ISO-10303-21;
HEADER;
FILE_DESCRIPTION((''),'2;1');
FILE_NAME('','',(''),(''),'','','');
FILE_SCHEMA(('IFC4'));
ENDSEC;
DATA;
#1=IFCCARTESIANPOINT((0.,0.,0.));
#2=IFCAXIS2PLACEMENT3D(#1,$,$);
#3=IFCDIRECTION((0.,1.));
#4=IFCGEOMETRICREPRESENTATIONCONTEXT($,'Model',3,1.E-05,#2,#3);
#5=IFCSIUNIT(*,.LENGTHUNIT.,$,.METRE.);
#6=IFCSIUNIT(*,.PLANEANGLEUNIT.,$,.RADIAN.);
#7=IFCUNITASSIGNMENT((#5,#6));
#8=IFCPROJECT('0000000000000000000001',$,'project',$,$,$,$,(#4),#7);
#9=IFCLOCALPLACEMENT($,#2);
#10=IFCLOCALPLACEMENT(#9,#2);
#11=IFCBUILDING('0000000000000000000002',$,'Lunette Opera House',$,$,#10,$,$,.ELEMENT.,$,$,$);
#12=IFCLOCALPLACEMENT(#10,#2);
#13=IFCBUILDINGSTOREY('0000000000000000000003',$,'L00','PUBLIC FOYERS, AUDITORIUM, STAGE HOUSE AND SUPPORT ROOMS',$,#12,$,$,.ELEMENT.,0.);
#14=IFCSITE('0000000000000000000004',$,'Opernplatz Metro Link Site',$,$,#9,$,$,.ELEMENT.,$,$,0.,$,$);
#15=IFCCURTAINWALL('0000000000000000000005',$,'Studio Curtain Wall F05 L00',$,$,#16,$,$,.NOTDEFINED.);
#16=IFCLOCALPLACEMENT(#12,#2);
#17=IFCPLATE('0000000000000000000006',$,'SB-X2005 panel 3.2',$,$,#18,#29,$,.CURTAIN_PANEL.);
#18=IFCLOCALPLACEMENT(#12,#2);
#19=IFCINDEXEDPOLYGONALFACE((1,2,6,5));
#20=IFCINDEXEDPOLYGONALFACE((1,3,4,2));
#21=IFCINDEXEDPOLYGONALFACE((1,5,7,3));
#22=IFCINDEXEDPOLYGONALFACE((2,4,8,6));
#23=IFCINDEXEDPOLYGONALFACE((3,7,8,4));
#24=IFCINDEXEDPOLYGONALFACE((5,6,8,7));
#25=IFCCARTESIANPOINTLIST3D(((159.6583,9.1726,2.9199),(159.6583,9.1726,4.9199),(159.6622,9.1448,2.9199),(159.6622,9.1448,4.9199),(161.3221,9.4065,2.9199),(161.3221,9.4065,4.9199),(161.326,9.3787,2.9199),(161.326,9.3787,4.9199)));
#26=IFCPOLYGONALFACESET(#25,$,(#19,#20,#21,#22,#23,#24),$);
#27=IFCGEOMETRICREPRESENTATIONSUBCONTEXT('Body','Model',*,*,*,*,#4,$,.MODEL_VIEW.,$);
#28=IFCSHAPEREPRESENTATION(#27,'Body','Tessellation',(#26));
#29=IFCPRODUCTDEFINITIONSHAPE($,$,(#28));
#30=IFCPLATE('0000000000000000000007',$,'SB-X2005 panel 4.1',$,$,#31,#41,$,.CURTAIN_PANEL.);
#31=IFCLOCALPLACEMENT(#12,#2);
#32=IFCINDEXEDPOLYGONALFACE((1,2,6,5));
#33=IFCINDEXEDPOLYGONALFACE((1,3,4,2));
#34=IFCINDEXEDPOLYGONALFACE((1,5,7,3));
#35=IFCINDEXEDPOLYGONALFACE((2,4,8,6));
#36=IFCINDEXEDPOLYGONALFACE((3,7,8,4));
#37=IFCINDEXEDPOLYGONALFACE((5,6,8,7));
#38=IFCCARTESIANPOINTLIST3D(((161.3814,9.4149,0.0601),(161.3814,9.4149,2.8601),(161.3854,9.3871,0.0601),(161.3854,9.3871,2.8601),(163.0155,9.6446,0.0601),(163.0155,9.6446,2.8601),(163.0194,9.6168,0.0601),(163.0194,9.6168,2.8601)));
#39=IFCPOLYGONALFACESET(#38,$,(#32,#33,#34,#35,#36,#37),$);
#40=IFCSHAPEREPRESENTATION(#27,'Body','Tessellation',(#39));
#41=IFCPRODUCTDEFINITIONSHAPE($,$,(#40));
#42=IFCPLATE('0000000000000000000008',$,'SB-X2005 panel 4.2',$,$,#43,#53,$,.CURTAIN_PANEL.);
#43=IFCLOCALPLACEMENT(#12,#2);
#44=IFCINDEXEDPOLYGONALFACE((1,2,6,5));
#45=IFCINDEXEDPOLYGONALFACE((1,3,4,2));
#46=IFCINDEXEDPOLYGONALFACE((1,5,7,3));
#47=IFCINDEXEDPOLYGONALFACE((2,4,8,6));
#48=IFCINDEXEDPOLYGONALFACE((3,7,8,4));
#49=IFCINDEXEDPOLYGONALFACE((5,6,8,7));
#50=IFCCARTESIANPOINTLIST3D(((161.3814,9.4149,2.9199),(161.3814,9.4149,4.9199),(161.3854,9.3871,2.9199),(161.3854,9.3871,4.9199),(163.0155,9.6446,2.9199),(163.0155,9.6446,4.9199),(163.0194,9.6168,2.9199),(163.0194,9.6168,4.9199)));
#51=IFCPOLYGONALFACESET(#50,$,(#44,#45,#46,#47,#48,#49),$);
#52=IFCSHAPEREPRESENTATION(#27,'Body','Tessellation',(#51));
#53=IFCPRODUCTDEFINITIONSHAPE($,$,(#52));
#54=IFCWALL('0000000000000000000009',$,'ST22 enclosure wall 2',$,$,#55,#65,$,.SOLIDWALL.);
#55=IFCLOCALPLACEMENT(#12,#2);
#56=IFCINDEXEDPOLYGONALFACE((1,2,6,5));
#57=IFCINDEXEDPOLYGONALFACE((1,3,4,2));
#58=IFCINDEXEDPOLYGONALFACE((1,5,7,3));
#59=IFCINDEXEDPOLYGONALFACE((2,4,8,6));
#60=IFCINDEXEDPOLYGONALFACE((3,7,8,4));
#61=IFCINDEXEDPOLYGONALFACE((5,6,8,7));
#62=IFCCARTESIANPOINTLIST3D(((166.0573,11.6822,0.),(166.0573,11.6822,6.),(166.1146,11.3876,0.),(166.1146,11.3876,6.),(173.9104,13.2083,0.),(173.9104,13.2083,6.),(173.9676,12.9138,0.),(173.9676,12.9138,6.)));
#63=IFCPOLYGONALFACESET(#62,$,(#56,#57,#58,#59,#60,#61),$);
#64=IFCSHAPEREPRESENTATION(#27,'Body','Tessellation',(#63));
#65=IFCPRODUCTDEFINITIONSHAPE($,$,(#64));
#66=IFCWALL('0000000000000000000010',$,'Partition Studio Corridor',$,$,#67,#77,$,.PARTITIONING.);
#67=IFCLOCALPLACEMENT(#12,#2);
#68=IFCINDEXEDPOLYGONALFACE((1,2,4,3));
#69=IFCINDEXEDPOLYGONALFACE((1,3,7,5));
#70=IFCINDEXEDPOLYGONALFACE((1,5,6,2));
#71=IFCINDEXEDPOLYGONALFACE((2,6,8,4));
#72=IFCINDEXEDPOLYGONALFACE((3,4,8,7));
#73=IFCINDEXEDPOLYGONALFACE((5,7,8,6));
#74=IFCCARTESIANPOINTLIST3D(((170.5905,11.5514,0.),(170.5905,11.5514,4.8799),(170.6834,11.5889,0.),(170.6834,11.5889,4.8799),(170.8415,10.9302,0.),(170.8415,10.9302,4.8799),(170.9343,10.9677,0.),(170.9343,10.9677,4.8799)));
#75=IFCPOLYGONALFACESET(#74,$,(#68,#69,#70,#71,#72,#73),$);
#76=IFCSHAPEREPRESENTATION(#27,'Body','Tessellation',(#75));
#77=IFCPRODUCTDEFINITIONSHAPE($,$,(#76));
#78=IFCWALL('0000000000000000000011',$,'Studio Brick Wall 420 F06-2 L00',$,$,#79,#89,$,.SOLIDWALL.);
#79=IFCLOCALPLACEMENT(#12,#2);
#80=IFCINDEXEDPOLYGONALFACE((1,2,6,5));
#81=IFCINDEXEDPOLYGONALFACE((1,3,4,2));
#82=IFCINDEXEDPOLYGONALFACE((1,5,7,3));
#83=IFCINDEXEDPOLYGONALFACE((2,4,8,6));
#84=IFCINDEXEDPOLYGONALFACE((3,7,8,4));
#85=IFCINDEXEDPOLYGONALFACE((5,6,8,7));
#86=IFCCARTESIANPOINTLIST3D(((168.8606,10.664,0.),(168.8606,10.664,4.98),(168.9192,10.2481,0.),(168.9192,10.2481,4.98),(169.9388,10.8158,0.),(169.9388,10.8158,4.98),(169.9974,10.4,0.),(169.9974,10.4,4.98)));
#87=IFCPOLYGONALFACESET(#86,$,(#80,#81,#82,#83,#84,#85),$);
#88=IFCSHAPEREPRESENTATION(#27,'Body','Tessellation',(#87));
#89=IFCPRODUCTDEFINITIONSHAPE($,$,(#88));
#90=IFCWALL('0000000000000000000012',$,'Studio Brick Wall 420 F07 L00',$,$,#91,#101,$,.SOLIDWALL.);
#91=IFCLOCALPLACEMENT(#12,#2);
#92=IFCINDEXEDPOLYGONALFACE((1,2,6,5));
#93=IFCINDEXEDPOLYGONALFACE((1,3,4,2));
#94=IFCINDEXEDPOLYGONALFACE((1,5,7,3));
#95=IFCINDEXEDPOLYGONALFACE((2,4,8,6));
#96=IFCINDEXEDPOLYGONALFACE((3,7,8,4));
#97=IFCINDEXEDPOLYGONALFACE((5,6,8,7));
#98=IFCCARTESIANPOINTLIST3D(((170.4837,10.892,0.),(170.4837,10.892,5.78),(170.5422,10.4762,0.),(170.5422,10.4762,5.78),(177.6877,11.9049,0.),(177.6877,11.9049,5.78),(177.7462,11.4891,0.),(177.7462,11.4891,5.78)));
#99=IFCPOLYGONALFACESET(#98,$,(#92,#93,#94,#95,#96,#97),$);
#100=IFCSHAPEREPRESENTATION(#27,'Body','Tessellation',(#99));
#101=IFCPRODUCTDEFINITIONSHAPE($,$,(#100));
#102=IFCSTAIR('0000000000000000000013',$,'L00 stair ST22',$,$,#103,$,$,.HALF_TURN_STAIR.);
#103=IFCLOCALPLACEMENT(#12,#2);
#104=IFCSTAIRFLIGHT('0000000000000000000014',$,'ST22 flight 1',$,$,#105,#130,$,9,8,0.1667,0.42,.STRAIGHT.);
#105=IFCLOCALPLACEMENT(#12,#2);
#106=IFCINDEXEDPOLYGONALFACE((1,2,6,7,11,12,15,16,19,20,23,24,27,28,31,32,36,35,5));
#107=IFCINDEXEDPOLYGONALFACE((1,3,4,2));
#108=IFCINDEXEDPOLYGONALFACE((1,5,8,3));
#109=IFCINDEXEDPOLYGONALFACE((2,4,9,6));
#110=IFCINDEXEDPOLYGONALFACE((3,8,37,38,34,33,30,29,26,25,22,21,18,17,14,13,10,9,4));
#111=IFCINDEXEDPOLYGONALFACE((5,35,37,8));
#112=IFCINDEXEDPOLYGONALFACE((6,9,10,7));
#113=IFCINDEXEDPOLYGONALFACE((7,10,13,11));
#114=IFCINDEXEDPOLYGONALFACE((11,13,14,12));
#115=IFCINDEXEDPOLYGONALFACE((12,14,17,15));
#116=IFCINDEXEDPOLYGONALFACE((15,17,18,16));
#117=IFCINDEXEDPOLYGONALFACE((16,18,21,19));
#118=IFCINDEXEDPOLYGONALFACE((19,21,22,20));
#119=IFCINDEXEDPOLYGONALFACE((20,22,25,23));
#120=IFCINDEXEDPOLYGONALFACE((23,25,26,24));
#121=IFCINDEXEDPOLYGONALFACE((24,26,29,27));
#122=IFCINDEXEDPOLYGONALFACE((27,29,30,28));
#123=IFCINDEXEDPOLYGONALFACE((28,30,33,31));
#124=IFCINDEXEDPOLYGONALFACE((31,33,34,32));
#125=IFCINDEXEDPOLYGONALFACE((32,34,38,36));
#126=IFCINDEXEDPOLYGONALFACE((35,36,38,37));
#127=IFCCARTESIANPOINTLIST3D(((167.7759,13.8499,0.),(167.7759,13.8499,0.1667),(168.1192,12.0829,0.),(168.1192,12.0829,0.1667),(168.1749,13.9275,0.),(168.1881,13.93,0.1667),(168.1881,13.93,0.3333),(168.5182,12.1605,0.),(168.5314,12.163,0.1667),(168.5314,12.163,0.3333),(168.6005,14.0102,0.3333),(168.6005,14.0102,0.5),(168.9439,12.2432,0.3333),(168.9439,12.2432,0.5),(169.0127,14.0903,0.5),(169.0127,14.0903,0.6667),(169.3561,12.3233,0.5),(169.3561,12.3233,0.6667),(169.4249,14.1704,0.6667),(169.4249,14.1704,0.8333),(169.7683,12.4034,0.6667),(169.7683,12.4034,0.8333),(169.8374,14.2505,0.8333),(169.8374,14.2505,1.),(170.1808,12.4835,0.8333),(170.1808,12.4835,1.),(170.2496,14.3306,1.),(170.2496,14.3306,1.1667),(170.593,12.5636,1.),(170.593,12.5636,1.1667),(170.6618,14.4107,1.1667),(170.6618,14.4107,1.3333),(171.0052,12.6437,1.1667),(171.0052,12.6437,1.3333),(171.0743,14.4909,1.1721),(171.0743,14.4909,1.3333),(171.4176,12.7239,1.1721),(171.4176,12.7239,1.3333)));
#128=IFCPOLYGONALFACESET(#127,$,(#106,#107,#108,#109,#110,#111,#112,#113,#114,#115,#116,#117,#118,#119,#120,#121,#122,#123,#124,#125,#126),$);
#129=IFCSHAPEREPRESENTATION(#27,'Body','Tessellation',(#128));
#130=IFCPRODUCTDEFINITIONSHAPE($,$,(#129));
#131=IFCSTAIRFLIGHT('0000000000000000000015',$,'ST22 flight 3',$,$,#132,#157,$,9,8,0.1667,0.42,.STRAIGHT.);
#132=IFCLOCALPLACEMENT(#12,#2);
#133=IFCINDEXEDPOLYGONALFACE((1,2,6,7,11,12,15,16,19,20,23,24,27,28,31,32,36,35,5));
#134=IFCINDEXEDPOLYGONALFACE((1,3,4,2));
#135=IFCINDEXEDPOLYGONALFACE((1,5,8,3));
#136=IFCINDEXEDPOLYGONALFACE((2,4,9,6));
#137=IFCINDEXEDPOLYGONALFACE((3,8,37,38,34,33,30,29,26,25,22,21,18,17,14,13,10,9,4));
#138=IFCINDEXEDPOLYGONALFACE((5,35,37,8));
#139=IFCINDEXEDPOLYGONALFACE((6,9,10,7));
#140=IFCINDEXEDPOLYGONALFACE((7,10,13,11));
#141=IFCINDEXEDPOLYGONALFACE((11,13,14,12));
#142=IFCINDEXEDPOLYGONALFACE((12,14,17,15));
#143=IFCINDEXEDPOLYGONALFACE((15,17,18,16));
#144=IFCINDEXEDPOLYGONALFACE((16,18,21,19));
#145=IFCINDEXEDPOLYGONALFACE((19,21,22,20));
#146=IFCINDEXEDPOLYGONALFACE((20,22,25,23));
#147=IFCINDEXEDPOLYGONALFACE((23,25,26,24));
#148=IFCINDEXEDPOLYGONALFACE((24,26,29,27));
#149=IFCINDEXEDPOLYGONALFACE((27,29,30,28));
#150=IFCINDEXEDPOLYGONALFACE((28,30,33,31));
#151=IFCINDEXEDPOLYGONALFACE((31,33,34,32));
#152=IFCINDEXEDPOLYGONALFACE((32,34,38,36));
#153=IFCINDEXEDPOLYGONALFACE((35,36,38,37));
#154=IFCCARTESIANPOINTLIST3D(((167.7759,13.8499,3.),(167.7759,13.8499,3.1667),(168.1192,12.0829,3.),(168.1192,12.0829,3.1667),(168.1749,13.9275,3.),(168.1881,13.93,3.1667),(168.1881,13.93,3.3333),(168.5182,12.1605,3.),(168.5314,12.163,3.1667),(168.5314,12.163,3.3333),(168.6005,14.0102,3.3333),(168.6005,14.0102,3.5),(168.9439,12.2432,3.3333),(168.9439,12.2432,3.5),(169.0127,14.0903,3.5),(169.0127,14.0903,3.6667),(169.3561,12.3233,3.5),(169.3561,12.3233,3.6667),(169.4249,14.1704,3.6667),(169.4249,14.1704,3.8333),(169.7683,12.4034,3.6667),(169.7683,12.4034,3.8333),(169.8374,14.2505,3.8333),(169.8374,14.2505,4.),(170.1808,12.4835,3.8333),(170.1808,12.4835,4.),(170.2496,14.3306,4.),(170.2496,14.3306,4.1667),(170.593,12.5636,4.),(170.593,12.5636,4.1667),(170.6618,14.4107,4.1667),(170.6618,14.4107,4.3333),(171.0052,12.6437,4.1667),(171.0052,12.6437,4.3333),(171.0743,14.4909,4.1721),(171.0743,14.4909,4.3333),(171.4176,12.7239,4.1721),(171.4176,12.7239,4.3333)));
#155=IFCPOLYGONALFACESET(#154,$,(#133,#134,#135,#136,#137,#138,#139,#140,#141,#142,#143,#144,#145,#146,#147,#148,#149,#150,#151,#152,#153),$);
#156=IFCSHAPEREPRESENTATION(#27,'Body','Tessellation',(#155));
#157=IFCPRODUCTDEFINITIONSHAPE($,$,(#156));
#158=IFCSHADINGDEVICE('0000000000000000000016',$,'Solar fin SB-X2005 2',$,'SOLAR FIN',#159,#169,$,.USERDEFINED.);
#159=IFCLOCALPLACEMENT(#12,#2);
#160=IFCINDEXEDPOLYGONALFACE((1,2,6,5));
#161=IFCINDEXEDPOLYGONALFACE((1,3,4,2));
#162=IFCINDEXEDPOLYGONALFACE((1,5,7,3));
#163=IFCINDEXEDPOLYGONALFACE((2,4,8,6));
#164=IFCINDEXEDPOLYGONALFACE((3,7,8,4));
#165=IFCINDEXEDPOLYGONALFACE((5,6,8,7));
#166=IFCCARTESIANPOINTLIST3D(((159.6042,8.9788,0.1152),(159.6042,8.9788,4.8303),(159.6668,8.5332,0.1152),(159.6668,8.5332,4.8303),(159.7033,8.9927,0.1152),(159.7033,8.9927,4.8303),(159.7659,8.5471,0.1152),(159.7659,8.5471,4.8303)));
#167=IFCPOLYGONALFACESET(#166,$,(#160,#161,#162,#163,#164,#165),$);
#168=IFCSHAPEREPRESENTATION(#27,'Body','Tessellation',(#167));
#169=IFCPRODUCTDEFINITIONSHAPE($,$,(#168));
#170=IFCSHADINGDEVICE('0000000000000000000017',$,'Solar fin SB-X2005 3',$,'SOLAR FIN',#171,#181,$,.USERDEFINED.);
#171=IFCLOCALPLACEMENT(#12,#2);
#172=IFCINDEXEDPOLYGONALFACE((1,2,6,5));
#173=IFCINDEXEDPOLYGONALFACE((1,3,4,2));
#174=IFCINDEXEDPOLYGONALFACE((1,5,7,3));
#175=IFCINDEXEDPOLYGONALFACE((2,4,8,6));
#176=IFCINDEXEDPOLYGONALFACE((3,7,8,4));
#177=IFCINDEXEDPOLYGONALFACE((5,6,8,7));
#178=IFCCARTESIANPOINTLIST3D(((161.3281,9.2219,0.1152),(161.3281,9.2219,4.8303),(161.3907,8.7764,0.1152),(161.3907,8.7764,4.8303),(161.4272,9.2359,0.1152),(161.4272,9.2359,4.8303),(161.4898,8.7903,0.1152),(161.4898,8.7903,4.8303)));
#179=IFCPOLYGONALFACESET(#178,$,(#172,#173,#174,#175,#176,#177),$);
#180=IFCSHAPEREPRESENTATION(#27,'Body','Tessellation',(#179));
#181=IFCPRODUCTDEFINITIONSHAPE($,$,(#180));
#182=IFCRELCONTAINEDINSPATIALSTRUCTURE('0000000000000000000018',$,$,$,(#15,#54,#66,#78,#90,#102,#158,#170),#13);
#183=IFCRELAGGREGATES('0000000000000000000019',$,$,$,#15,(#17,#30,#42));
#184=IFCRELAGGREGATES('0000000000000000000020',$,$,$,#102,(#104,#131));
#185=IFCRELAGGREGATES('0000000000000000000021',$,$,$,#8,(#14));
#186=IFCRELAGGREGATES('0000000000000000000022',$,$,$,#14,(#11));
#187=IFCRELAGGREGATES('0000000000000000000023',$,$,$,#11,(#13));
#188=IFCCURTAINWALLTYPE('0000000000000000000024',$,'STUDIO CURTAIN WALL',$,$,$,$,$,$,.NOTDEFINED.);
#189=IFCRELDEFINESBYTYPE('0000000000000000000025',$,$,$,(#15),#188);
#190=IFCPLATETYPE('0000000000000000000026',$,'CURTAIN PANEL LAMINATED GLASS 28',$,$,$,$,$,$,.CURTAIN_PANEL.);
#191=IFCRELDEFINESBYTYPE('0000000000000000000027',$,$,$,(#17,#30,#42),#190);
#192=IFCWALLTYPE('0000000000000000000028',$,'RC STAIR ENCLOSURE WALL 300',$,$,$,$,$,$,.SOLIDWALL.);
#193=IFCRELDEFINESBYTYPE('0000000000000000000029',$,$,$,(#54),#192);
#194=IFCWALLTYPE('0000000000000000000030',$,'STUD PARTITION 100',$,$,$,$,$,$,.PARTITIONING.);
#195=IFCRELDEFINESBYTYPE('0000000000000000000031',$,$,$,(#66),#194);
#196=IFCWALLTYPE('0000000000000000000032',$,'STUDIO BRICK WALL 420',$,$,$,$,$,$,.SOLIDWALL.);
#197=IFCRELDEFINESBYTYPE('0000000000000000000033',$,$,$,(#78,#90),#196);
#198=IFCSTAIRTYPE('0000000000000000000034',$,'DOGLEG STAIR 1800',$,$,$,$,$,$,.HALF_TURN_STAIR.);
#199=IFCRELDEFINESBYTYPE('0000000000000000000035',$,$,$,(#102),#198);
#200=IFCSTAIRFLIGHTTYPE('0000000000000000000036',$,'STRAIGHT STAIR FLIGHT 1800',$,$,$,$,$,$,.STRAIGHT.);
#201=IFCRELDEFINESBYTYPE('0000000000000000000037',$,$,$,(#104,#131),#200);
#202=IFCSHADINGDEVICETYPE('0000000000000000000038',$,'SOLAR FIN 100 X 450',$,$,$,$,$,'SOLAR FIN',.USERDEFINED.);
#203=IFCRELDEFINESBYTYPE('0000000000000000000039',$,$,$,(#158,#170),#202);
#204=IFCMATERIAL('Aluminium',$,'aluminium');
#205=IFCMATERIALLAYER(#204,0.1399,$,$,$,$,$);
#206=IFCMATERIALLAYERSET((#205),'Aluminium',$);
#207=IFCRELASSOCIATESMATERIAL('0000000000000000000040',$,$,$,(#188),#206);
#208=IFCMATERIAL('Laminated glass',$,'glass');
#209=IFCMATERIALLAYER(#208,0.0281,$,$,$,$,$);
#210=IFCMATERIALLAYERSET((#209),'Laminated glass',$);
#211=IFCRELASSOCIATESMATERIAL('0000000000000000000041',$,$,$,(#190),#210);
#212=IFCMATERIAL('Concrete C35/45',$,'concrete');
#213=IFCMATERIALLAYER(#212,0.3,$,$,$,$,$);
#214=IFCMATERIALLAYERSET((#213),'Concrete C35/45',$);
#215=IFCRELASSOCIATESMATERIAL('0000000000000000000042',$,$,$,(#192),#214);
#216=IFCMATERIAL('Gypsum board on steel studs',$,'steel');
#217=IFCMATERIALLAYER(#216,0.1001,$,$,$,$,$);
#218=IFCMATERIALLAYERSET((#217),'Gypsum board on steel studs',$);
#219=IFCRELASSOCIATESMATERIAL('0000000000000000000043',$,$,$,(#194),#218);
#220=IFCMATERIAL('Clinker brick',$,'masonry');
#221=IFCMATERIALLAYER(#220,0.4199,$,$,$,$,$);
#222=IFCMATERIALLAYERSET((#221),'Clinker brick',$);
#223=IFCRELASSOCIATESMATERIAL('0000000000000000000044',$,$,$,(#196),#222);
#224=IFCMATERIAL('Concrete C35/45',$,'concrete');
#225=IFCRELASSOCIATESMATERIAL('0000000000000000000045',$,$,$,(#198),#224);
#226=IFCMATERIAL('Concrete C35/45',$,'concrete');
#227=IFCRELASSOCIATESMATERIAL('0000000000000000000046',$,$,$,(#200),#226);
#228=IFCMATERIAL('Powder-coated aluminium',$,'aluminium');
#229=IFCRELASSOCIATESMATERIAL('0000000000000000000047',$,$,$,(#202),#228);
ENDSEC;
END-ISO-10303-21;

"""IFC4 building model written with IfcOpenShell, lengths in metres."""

from ifc_helpers import new_model, si_unit, direction, frame, frame_2d, origin, origin_2d, place, context, subcontext, project, spatial, polyline, rectangle, outline, extrude, material, layer, layer_set, type_object, element, aggregate, save


model = new_model("IFC4")

# Units and contexts
model_context = context("Model", 3, precision=1e-05, world=origin(), true_north=direction((0.0, 1.0)))
body_context = subcontext(model_context, "Body", "Model", "MODEL_VIEW")
ifc_project = project(units=[si_unit("LENGTHUNIT", "METRE"), si_unit("PLANEANGLEUNIT", "RADIAN")], contexts=[model_context])

# Site, building, storey
site_placement = place(None, origin())
site = spatial("IfcSite", under=ifc_project, at=site_placement, Name="Opernplatz Metro Link Site", CompositionType="ELEMENT", RefElevation=0.0)
building_placement = place(site_placement, origin())
building = spatial("IfcBuilding", under=site, at=building_placement, Name="Lunette Opera House", CompositionType="ELEMENT")
storey_placement = place(building_placement, origin())
storey = spatial("IfcBuildingStorey", under=building, at=storey_placement, Name="L00", Description="PUBLIC FOYERS, AUDITORIUM, STAGE HOUSE AND SUPPORT ROOMS", CompositionType="ELEMENT", Elevation=0.0)

# Curtain wall
ifc_material_1 = material(Name="Aluminium", Category="aluminium")
ifc_layer_1 = layer(ifc_material_1, 0.1399)
ifc_layer_set_1 = layer_set([ifc_layer_1], Name="Aluminium")
curtain_wall_type = type_object("IfcCurtainWallType", Name="STUDIO CURTAIN WALL", PredefinedType="NOTDEFINED", material=ifc_layer_set_1)
curtain_wall_placement = place(storey_placement, origin())
curtain_wall = element("IfcCurtainWall", 1, at=curtain_wall_placement, inside=storey, type_object=curtain_wall_type, Name="Studio Curtain Wall F05 L00", PredefinedType="NOTDEFINED")

# Plates
ifc_material_2 = material(Name="Laminated glass", Category="glass")
ifc_layer_2 = layer(ifc_material_2, 0.0281)
ifc_layer_set_2 = layer_set([ifc_layer_2], Name="Laminated glass")
plate_type = type_object("IfcPlateType", Name="CURTAIN PANEL LAMINATED GLASS 28", PredefinedType="CURTAIN_PANEL", material=ifc_layer_set_2)
plate_1_placement = place(storey_placement, frame((160.4922, 9.2756, 2.9199), z_axis=(0.0, 0.0, 1.0), x_axis=(0.990263, 0.139209, 0.0)))
plate_1 = element("IfcPlate", 2, at=plate_1_placement, type_object=plate_type, Name="SB-X2005 panel 3.2", PredefinedType="CURTAIN_PANEL", context=body_context, shape_type="SweptSolid", body=[
    extrude(rectangle(XDim=1.6802, YDim=0.0281, at=origin_2d()), origin(), (0.0, 0.0, 1.0), 2.0),
])
plate_2_placement = place(storey_placement, frame((162.2004, 9.5159, 0.0601), z_axis=(0.0, 0.0, 1.0), x_axis=(0.990263, 0.139209, 0.0)))
plate_2 = element("IfcPlate", 3, at=plate_2_placement, type_object=plate_type, Name="SB-X2005 panel 4.1", PredefinedType="CURTAIN_PANEL", context=body_context, shape_type="SweptSolid", body=[
    extrude(rectangle(XDim=1.6501, YDim=0.0281, at=origin_2d()), origin(), (0.0, 0.0, 1.0), 2.8),
])
plate_3_placement = place(storey_placement, frame((162.2004, 9.5159, 2.9199), z_axis=(0.0, 0.0, 1.0), x_axis=(0.990263, 0.139209, 0.0)))
plate_3 = element("IfcPlate", 4, at=plate_3_placement, type_object=plate_type, Name="SB-X2005 panel 4.2", PredefinedType="CURTAIN_PANEL", context=body_context, shape_type="SweptSolid", body=[
    extrude(rectangle(XDim=1.6501, YDim=0.0281, at=origin_2d()), origin(), (0.0, 0.0, 1.0), 2.0),
])
aggregate(curtain_wall, [plate_1, plate_2, plate_3])

# Walls
ifc_material_3 = material(Name="Concrete C35/45", Category="concrete")
ifc_layer_3 = layer(ifc_material_3, 0.3)
ifc_layer_set_3 = layer_set([ifc_layer_3], Name="Concrete C35/45")
wall_type_1 = type_object("IfcWallType", Name="RC STAIR ENCLOSURE WALL 300", PredefinedType="SOLIDWALL", material=ifc_layer_set_3)
wall_1_placement = place(storey_placement, frame((166.0859, 11.5349, 0.0), z_axis=(0.0, 0.0, 1.0), x_axis=(0.981635, 0.190767, 0.0)))
element("IfcWall", 5, at=wall_1_placement, inside=storey, type_object=wall_type_1, Name="ST22 enclosure wall 2", PredefinedType="SOLIDWALL", context=body_context, shape_type="SweptSolid", body=[
    extrude(rectangle(XDim=8.0, YDim=0.3, at=frame_2d((4.0, 0.0))), origin(), (0.0, 0.0, 1.0), 6.0),
])
ifc_material_4 = material(Name="Gypsum board on steel studs", Category="steel")
ifc_layer_4 = layer(ifc_material_4, 0.1001)
ifc_layer_set_4 = layer_set([ifc_layer_4], Name="Gypsum board on steel studs")
wall_type_2 = type_object("IfcWallType", Name="STUD PARTITION 100", PredefinedType="PARTITIONING", material=ifc_layer_set_4)
wall_2_placement = place(storey_placement, frame((170.8879, 10.949, 0.0), z_axis=(0.0, 0.0, 1.0), x_axis=(-0.374656, 0.927164, 0.0)))
element("IfcWall", 6, at=wall_2_placement, inside=storey, type_object=wall_type_2, Name="Partition Studio Corridor", PredefinedType="PARTITIONING", context=body_context, shape_type="SweptSolid", body=[
    extrude(rectangle(XDim=0.6699, YDim=0.1001, at=frame_2d((0.335, 0.0))), origin(), (0.0, 0.0, 1.0), 4.8799),
])

# Shared definitions
ifc_material_5 = material(Name="Clinker brick", Category="masonry")
ifc_layer_5 = layer(ifc_material_5, 0.4199)
ifc_layer_set_5 = layer_set([ifc_layer_5], Name="Clinker brick")
wall_type_3 = type_object("IfcWallType", Name="STUDIO BRICK WALL 420", PredefinedType="SOLIDWALL", material=ifc_layer_set_5)

# Walls
wall_3_placement = place(storey_placement, frame((168.8899, 10.4561, 0.0), z_axis=(0.0, 0.0, 1.0), x_axis=(0.990226, 0.139475, 0.0)))
element("IfcWall", 7, at=wall_3_placement, inside=storey, type_object=wall_type_3, Name="Studio Brick Wall 420 F06-2 L00", PredefinedType="SOLIDWALL", context=body_context, shape_type="SweptSolid", body=[
    extrude(rectangle(XDim=1.0889, YDim=0.4199, at=frame_2d((0.5444, 0.0))), origin(), (0.0, 0.0, 1.0), 4.98),
])
wall_4_placement = place(storey_placement, frame((170.5129, 10.6841, 0.0), z_axis=(0.0, 0.0, 1.0), x_axis=(0.990259, 0.139236, 0.0)))
element("IfcWall", 8, at=wall_4_placement, inside=storey, type_object=wall_type_3, Name="Studio Brick Wall 420 F07 L00", PredefinedType="SOLIDWALL", context=body_context, shape_type="SweptSolid", body=[
    extrude(rectangle(XDim=7.2749, YDim=0.4199, at=frame_2d((3.6375, 0.0))), origin(), (0.0, 0.0, 1.0), 5.78),
])

# Stair, stair flights
ifc_material_6 = material(Name="Concrete C35/45", Category="concrete")
stair_type = type_object("IfcStairType", Name="DOGLEG STAIR 1800", PredefinedType="HALF_TURN_STAIR", material=ifc_material_6)
stair_placement = place(storey_placement, origin())
stair = element("IfcStair", 9, at=stair_placement, inside=storey, type_object=stair_type, Name="L00 stair ST22", PredefinedType="HALF_TURN_STAIR")
ifc_material_7 = material(Name="Concrete C35/45", Category="concrete")
stair_flight_type = type_object("IfcStairFlightType", Name="STRAIGHT STAIR FLIGHT 1800", PredefinedType="STRAIGHT", material=ifc_material_7)
stair_flight_1_placement = place(storey_placement, frame((167.9475, 12.9666, 0.0), z_axis=(0.0, 0.0, 1.0), x_axis=(0.981638, 0.190753, 0.0)))
stair_flight_1 = element("IfcStairFlight", 10, at=stair_flight_1_placement, type_object=stair_flight_type, Name="ST22 flight 1", NumberOfRisers=9, NumberOfTreads=8, PredefinedType="STRAIGHT", RiserHeight=0.1667, TreadLength=0.42, context=body_context, shape_type="SweptSolid", body=[
    extrude(outline(polyline([(0.0, 0.0), (0.0, 0.1667), (0.4199, 0.1667), (0.4199, 0.3333), (0.8401, 0.3333), (0.8401, 0.5), (1.26, 0.5), (1.26, 0.6667), (1.6799, 0.6667), (1.6799, 0.8333), (2.1001, 0.8333), (2.1001, 1.0), (2.52, 1.0), (2.52, 1.1667), (2.9399, 1.1667), (2.9399, 1.3333), (3.3601, 1.3333), (3.3601, 1.5), (3.3601, 1.1721), (0.4065, 0.0), (0.0, 0.0)])), frame((0.0, 0.8999, 0.0), z_axis=(0.0, -1.0, 0.0), x_axis=(1.0, 0.0, 0.0)), (0.0, 0.0, 1.0), 1.8),
])
stair_flight_2_placement = place(storey_placement, frame((167.9475, 12.9666, 3.0), z_axis=(0.0, 0.0, 1.0), x_axis=(0.981638, 0.190753, 0.0)))
stair_flight_2 = element("IfcStairFlight", 11, at=stair_flight_2_placement, type_object=stair_flight_type, Name="ST22 flight 3", NumberOfRisers=9, NumberOfTreads=8, PredefinedType="STRAIGHT", RiserHeight=0.1667, TreadLength=0.42, context=body_context, shape_type="SweptSolid", body=[
    extrude(outline(polyline([(0.0, 0.0), (0.0, 0.1667), (0.4199, 0.1667), (0.4199, 0.3333), (0.8401, 0.3333), (0.8401, 0.5), (1.26, 0.5), (1.26, 0.6667), (1.6799, 0.6667), (1.6799, 0.8333), (2.1001, 0.8333), (2.1001, 1.0), (2.52, 1.0), (2.52, 1.1667), (2.9399, 1.1667), (2.9399, 1.3333), (3.3601, 1.3333), (3.3601, 1.5), (3.3601, 1.1721), (0.4065, 0.0), (0.0, 0.0)])), frame((0.0, 0.8999, 0.0), z_axis=(0.0, -1.0, 0.0), x_axis=(1.0, 0.0, 0.0)), (0.0, 0.0, 1.0), 1.8),
])
aggregate(stair, [stair_flight_1, stair_flight_2])

# Shading devices
ifc_material_8 = material(Name="Powder-coated aluminium", Category="aluminium")
shading_device_type = type_object("IfcShadingDeviceType", Name="SOLAR FIN 100 X 450", ElementType="SOLAR FIN", PredefinedType="USERDEFINED", material=ifc_material_8)
for number, where, z_axis, x_axis, name in (
    (12, (159.6851, 8.7629, 0.1152), (0.0, 0.0, 1.0), (0.139209, -0.990263, 0.0), "Solar fin SB-X2005 2"),
    (13, (161.4089, 9.0061, 0.1152), (0.0, 0.0, 1.0), (0.139209, -0.990263, 0.0), "Solar fin SB-X2005 3"),
):
    element("IfcShadingDevice", number, at=place(storey_placement, frame(where, z_axis=z_axis, x_axis=x_axis)), inside=storey, type_object=shading_device_type, Name=name, ObjectType="SOLAR FIN", PredefinedType="USERDEFINED", context=body_context, shape_type="SweptSolid", body=[
        extrude(rectangle(XDim=0.45, YDim=0.1001, at=origin_2d()), origin(), (0.0, 0.0, 1.0), 4.7151),
    ])

save(model, "model.ifc")
